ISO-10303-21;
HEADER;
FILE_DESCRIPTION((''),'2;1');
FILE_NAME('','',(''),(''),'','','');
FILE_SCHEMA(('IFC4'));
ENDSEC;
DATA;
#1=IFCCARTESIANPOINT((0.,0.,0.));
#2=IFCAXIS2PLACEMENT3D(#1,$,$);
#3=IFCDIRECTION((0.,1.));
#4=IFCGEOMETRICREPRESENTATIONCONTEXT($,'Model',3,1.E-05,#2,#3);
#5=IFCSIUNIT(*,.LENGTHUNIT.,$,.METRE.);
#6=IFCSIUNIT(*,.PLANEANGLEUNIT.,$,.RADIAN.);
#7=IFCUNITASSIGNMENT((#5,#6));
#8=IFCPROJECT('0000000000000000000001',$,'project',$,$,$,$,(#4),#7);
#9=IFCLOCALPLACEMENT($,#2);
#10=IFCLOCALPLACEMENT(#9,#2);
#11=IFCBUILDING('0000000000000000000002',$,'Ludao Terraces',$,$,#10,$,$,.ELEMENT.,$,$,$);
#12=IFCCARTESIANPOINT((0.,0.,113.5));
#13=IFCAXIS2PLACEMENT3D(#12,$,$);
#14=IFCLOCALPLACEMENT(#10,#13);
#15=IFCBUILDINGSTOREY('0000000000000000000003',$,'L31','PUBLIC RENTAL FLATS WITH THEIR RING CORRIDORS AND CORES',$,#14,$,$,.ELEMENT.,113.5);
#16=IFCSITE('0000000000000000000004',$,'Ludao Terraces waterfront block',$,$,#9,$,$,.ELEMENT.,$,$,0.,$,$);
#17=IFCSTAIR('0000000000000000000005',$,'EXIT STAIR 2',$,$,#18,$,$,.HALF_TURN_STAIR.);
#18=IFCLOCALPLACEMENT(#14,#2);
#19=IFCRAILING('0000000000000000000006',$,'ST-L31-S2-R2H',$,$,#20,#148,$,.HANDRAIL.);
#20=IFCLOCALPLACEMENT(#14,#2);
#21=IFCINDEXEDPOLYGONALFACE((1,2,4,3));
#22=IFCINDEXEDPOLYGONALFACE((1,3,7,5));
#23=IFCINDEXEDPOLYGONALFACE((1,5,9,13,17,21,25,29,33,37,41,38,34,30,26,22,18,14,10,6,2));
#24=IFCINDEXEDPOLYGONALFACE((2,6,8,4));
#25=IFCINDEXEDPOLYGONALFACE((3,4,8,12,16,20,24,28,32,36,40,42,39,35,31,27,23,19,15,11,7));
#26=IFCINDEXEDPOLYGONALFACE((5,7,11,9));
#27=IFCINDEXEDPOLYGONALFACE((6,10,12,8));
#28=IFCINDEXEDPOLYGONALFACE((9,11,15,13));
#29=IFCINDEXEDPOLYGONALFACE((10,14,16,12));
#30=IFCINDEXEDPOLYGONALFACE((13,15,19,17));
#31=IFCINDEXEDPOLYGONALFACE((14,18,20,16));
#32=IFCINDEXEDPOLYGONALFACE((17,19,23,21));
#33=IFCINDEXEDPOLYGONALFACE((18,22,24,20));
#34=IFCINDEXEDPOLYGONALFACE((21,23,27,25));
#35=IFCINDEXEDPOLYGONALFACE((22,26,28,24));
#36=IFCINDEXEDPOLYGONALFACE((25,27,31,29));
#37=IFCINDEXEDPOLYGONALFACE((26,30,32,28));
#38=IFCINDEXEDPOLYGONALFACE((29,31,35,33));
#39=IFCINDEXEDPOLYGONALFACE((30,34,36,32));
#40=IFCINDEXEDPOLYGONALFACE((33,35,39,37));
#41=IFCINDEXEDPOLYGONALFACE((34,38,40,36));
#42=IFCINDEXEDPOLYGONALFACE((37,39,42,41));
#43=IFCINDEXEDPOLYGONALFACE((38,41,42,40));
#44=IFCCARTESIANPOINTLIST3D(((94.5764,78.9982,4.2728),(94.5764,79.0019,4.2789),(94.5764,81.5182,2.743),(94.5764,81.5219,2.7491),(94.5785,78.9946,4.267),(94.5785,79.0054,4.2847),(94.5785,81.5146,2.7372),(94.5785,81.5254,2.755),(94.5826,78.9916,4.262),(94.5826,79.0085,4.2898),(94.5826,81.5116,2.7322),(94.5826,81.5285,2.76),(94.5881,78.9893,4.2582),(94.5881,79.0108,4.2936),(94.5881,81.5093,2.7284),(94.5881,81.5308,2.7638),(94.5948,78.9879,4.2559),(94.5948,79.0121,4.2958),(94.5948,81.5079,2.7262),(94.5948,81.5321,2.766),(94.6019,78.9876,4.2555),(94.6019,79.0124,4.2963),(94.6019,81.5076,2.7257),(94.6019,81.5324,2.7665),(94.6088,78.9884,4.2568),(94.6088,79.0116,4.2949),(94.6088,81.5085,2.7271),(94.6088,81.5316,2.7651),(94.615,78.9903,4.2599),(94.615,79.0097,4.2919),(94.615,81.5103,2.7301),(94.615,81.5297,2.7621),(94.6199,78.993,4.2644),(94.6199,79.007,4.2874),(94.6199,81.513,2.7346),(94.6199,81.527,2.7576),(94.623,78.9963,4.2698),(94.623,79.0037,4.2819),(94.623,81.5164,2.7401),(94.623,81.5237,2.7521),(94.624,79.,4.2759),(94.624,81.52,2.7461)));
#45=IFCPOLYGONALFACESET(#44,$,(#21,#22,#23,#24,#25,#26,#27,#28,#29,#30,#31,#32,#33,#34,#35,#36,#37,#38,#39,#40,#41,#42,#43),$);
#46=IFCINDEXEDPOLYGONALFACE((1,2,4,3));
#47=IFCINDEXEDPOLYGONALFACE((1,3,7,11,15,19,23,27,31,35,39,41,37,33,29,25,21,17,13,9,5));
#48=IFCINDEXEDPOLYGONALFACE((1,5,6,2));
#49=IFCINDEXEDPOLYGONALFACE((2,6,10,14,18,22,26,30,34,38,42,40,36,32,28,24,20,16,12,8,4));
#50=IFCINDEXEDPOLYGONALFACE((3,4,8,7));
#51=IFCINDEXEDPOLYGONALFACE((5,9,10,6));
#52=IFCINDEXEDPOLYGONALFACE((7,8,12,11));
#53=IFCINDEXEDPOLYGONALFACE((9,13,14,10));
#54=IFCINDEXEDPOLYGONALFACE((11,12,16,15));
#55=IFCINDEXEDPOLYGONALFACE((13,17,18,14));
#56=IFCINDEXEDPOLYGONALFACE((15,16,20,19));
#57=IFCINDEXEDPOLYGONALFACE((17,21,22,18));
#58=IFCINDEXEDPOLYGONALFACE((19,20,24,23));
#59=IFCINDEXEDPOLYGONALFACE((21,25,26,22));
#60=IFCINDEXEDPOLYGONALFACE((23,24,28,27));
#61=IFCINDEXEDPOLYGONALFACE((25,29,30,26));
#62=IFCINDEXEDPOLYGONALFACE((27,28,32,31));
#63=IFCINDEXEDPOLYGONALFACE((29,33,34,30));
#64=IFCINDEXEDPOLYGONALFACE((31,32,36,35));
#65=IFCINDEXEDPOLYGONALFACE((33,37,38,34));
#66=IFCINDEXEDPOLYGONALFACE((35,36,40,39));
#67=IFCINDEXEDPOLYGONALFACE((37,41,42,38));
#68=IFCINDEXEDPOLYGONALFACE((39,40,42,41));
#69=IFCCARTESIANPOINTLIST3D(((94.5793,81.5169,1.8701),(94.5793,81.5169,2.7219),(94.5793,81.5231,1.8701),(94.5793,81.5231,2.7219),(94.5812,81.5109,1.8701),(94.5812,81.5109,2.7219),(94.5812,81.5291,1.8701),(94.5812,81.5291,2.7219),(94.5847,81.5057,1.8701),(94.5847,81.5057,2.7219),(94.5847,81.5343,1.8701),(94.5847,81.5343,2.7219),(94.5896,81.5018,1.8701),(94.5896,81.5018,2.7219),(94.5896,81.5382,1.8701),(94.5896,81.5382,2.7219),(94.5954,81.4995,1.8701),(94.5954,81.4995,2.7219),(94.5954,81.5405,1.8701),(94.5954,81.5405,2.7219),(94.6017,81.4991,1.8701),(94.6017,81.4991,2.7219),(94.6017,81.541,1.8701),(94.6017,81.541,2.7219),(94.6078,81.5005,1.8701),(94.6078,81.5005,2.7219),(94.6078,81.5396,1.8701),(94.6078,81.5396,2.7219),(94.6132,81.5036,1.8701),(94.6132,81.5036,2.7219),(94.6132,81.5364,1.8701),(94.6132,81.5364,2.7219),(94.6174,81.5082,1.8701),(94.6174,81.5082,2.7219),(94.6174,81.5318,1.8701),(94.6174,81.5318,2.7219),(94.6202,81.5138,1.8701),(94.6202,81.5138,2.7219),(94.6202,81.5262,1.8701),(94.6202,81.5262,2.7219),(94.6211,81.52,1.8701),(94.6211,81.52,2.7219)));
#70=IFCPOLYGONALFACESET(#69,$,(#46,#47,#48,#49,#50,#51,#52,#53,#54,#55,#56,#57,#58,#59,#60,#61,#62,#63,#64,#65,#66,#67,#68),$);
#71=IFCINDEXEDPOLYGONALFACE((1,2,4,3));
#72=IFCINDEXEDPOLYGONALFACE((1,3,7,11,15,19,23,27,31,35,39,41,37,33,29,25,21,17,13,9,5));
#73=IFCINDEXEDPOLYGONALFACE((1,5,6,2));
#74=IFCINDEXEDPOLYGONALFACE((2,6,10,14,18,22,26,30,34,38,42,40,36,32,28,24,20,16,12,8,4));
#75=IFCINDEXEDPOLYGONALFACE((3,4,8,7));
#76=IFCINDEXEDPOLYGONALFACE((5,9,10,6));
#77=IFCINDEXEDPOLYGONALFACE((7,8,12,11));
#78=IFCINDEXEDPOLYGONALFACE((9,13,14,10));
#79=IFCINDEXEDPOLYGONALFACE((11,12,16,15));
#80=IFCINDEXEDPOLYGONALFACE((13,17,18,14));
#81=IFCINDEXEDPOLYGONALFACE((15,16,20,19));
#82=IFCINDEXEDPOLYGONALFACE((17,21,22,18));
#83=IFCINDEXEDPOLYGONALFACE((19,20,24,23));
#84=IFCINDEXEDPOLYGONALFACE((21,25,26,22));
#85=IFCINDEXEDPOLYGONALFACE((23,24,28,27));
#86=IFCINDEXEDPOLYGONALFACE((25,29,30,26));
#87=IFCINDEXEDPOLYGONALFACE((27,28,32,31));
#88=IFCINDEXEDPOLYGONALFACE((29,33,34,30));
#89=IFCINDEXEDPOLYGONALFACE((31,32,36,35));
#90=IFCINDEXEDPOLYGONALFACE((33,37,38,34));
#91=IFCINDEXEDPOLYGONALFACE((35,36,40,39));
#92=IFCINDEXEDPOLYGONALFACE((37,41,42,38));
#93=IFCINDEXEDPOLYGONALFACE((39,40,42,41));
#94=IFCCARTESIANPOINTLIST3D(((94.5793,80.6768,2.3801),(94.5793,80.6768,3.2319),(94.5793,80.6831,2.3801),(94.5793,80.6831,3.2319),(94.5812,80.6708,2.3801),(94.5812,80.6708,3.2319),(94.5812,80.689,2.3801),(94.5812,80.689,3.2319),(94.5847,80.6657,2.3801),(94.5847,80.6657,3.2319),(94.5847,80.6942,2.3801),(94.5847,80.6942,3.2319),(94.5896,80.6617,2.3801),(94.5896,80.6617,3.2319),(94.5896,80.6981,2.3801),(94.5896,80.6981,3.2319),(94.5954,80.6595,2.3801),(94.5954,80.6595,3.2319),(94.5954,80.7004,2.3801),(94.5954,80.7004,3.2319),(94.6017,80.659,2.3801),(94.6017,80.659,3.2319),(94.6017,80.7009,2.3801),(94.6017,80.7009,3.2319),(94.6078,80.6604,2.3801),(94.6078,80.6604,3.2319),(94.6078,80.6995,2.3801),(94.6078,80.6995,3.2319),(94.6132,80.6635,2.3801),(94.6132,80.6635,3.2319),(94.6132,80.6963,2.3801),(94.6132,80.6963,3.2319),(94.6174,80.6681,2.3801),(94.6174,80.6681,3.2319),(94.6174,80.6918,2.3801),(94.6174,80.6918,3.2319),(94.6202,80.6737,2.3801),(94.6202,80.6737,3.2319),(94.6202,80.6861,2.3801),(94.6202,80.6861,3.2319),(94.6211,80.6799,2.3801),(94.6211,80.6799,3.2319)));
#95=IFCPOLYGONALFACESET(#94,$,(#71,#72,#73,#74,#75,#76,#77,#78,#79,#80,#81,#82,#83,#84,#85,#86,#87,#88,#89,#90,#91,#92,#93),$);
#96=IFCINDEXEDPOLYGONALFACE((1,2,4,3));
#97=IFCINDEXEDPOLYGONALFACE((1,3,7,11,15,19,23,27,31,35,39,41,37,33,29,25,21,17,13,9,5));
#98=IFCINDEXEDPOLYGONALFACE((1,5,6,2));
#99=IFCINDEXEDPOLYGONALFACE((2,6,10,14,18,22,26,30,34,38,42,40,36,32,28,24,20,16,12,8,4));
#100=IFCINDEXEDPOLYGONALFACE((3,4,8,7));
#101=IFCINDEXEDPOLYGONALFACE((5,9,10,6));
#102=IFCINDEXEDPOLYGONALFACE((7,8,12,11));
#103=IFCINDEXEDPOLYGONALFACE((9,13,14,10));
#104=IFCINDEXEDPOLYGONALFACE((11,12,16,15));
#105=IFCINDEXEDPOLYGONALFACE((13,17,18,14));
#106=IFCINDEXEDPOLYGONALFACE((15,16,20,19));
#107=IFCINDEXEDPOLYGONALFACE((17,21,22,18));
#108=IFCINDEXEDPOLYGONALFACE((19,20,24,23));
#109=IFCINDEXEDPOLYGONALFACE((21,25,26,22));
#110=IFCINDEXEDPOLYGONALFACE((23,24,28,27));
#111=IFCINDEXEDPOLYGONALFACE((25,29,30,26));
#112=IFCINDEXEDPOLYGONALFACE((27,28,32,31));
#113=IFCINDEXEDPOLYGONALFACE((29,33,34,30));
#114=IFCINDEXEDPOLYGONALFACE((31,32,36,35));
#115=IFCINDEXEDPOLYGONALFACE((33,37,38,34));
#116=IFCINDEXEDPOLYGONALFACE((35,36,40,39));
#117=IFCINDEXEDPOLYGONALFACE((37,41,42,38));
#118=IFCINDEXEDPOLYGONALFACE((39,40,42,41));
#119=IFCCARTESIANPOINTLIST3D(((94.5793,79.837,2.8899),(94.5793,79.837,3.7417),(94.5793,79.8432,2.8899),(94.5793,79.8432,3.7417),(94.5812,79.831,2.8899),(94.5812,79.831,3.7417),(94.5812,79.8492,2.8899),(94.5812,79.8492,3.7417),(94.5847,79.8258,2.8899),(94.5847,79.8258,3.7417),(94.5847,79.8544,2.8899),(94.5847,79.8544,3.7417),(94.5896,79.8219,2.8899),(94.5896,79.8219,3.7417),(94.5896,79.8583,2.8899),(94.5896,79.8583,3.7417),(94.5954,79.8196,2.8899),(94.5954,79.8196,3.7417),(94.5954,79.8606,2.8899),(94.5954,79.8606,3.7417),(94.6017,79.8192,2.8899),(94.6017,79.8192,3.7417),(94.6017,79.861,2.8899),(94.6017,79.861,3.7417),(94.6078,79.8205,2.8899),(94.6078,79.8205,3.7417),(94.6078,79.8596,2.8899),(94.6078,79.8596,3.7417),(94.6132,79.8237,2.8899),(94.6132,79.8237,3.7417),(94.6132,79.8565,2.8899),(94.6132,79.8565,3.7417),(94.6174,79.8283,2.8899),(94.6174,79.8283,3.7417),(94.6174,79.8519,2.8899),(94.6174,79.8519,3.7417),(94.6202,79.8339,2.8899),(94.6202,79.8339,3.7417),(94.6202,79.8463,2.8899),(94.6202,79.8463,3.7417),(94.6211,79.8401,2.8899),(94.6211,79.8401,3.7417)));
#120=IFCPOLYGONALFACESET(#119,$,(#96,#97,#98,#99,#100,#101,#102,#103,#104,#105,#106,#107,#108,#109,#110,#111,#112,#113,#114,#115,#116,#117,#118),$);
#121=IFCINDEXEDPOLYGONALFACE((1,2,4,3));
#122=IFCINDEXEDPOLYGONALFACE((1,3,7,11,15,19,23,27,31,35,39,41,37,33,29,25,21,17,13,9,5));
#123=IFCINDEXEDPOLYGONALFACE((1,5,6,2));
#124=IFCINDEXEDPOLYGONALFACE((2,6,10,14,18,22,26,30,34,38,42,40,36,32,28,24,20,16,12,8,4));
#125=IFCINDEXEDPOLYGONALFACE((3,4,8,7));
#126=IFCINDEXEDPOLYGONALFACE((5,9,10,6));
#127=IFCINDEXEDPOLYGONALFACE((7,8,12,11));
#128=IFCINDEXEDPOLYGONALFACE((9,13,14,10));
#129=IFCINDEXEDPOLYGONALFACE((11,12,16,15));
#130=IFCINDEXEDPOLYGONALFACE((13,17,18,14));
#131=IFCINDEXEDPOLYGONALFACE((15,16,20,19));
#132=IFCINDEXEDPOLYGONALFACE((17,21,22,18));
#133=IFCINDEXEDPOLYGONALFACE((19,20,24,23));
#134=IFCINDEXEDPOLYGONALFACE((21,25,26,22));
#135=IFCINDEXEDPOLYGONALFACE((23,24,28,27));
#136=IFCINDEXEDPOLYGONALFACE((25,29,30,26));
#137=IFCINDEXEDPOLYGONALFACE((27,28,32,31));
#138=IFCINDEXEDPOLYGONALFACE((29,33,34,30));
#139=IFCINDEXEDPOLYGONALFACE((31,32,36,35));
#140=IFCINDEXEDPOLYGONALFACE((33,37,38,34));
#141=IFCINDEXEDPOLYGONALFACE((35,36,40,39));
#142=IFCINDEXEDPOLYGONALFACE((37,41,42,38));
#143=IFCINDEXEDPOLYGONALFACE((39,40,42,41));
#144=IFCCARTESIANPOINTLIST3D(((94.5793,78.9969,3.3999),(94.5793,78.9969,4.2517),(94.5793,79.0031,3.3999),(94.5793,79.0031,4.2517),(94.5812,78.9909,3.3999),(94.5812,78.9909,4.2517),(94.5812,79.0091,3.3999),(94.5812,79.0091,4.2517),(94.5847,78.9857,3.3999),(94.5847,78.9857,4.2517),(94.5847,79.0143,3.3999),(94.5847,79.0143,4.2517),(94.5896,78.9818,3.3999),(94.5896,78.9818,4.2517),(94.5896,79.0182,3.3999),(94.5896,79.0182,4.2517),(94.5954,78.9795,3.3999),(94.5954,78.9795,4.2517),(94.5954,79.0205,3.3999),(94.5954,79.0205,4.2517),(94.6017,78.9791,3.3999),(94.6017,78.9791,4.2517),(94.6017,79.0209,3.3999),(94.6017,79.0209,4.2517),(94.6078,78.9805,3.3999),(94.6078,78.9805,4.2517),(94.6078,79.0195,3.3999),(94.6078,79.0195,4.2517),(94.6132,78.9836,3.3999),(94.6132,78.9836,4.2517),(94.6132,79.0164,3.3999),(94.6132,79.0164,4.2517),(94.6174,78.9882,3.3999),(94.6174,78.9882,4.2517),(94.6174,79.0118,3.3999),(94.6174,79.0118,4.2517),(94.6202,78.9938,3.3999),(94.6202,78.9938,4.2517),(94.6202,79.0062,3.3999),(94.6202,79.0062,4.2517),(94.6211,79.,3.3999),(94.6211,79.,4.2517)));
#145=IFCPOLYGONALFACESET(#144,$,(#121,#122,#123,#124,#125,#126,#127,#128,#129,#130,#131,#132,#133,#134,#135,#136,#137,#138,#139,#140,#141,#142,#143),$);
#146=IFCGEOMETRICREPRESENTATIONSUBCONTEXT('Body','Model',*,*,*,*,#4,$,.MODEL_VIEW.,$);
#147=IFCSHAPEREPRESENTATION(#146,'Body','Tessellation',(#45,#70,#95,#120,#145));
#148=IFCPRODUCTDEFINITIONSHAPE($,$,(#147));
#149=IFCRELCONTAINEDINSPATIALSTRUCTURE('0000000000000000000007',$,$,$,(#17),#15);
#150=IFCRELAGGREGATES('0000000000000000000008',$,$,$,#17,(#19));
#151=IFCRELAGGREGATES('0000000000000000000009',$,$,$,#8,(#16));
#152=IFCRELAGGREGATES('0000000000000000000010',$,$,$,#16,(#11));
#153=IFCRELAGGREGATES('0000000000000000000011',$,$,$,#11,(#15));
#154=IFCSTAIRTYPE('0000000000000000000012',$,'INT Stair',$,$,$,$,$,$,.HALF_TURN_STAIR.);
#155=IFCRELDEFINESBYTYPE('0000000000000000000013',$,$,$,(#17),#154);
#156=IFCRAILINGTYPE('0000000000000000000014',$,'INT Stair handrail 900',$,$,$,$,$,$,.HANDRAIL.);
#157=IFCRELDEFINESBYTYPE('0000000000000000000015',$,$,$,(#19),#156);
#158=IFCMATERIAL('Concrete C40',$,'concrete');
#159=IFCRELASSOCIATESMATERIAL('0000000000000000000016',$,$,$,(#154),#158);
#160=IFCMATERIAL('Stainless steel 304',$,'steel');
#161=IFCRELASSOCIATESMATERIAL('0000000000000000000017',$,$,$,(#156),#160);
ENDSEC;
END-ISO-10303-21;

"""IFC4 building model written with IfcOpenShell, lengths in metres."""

from ifc_helpers import new_model, si_unit, direction, frame, origin, origin_2d, place, context, subcontext, project, spatial, circle, extrude, material, type_object, element, aggregate, save


model = new_model("IFC4")

# Units and contexts
model_context = context("Model", 3, precision=1e-05, world=origin(), true_north=direction((0.0, 1.0)))
body_context = subcontext(model_context, "Body", "Model", "MODEL_VIEW")
ifc_project = project(units=[si_unit("LENGTHUNIT", "METRE"), si_unit("PLANEANGLEUNIT", "RADIAN")], contexts=[model_context])

# Site, building, storey
site_placement = place(None, origin())
site = spatial("IfcSite", under=ifc_project, at=site_placement, Name="Ludao Terraces waterfront block", CompositionType="ELEMENT", RefElevation=0.0)
building_placement = place(site_placement, origin())
building = spatial("IfcBuilding", under=site, at=building_placement, Name="Ludao Terraces", CompositionType="ELEMENT")
storey_placement = place(building_placement, frame((0.0, 0.0, 113.5)))
storey = spatial("IfcBuildingStorey", under=building, at=storey_placement, Name="L31", Description="PUBLIC RENTAL FLATS WITH THEIR RING CORRIDORS AND CORES", CompositionType="ELEMENT", Elevation=113.5)

# Stair, railing
ifc_material_1 = material(Name="Concrete C40", Category="concrete")
stair_type = type_object("IfcStairType", Name="INT Stair", PredefinedType="HALF_TURN_STAIR", material=ifc_material_1)
stair_placement = place(storey_placement, origin())
stair = element("IfcStair", 1, at=stair_placement, inside=storey, type_object=stair_type, Name="EXIT STAIR 2", PredefinedType="HALF_TURN_STAIR")
ifc_material_2 = material(Name="Stainless steel 304", Category="steel")
railing_type_1 = type_object("IfcRailingType", Name="INT Stair handrail 900", PredefinedType="HANDRAIL", material=ifc_material_2)
railing_1_placement = place(storey_placement, frame((94.6001, 81.52, 1.8701)))
railing_1 = element("IfcRailing", 2, at=railing_1_placement, type_object=railing_type_1, Name="ST-L31-S2-R2H", PredefinedType="HANDRAIL", context=body_context, shape_type="SweptSolid", body=[
    extrude(circle(Radius=0.0239, at=origin_2d()), frame((0.0, 0.0, 0.876), z_axis=(0.0, -0.854822, 0.518922), x_axis=(1.0, 0.0, 0.0)), (0.0, 0.0, 1.0), 2.948),
    extrude(circle(Radius=0.021, at=origin_2d()), origin(), (0.0, 0.0, 1.0), 0.8518),
    extrude(circle(Radius=0.021, at=origin_2d()), frame((0.0, -0.8401, 0.51)), (0.0, 0.0, 1.0), 0.8518),
    extrude(circle(Radius=0.021, at=origin_2d()), frame((0.0, -1.6799, 1.0198)), (0.0, 0.0, 1.0), 0.8518),
    extrude(circle(Radius=0.021, at=origin_2d()), frame((0.0, -2.52, 1.5298)), (0.0, 0.0, 1.0), 0.8518),
])
aggregate(stair, [railing_1])

save(model, "model.ifc")
